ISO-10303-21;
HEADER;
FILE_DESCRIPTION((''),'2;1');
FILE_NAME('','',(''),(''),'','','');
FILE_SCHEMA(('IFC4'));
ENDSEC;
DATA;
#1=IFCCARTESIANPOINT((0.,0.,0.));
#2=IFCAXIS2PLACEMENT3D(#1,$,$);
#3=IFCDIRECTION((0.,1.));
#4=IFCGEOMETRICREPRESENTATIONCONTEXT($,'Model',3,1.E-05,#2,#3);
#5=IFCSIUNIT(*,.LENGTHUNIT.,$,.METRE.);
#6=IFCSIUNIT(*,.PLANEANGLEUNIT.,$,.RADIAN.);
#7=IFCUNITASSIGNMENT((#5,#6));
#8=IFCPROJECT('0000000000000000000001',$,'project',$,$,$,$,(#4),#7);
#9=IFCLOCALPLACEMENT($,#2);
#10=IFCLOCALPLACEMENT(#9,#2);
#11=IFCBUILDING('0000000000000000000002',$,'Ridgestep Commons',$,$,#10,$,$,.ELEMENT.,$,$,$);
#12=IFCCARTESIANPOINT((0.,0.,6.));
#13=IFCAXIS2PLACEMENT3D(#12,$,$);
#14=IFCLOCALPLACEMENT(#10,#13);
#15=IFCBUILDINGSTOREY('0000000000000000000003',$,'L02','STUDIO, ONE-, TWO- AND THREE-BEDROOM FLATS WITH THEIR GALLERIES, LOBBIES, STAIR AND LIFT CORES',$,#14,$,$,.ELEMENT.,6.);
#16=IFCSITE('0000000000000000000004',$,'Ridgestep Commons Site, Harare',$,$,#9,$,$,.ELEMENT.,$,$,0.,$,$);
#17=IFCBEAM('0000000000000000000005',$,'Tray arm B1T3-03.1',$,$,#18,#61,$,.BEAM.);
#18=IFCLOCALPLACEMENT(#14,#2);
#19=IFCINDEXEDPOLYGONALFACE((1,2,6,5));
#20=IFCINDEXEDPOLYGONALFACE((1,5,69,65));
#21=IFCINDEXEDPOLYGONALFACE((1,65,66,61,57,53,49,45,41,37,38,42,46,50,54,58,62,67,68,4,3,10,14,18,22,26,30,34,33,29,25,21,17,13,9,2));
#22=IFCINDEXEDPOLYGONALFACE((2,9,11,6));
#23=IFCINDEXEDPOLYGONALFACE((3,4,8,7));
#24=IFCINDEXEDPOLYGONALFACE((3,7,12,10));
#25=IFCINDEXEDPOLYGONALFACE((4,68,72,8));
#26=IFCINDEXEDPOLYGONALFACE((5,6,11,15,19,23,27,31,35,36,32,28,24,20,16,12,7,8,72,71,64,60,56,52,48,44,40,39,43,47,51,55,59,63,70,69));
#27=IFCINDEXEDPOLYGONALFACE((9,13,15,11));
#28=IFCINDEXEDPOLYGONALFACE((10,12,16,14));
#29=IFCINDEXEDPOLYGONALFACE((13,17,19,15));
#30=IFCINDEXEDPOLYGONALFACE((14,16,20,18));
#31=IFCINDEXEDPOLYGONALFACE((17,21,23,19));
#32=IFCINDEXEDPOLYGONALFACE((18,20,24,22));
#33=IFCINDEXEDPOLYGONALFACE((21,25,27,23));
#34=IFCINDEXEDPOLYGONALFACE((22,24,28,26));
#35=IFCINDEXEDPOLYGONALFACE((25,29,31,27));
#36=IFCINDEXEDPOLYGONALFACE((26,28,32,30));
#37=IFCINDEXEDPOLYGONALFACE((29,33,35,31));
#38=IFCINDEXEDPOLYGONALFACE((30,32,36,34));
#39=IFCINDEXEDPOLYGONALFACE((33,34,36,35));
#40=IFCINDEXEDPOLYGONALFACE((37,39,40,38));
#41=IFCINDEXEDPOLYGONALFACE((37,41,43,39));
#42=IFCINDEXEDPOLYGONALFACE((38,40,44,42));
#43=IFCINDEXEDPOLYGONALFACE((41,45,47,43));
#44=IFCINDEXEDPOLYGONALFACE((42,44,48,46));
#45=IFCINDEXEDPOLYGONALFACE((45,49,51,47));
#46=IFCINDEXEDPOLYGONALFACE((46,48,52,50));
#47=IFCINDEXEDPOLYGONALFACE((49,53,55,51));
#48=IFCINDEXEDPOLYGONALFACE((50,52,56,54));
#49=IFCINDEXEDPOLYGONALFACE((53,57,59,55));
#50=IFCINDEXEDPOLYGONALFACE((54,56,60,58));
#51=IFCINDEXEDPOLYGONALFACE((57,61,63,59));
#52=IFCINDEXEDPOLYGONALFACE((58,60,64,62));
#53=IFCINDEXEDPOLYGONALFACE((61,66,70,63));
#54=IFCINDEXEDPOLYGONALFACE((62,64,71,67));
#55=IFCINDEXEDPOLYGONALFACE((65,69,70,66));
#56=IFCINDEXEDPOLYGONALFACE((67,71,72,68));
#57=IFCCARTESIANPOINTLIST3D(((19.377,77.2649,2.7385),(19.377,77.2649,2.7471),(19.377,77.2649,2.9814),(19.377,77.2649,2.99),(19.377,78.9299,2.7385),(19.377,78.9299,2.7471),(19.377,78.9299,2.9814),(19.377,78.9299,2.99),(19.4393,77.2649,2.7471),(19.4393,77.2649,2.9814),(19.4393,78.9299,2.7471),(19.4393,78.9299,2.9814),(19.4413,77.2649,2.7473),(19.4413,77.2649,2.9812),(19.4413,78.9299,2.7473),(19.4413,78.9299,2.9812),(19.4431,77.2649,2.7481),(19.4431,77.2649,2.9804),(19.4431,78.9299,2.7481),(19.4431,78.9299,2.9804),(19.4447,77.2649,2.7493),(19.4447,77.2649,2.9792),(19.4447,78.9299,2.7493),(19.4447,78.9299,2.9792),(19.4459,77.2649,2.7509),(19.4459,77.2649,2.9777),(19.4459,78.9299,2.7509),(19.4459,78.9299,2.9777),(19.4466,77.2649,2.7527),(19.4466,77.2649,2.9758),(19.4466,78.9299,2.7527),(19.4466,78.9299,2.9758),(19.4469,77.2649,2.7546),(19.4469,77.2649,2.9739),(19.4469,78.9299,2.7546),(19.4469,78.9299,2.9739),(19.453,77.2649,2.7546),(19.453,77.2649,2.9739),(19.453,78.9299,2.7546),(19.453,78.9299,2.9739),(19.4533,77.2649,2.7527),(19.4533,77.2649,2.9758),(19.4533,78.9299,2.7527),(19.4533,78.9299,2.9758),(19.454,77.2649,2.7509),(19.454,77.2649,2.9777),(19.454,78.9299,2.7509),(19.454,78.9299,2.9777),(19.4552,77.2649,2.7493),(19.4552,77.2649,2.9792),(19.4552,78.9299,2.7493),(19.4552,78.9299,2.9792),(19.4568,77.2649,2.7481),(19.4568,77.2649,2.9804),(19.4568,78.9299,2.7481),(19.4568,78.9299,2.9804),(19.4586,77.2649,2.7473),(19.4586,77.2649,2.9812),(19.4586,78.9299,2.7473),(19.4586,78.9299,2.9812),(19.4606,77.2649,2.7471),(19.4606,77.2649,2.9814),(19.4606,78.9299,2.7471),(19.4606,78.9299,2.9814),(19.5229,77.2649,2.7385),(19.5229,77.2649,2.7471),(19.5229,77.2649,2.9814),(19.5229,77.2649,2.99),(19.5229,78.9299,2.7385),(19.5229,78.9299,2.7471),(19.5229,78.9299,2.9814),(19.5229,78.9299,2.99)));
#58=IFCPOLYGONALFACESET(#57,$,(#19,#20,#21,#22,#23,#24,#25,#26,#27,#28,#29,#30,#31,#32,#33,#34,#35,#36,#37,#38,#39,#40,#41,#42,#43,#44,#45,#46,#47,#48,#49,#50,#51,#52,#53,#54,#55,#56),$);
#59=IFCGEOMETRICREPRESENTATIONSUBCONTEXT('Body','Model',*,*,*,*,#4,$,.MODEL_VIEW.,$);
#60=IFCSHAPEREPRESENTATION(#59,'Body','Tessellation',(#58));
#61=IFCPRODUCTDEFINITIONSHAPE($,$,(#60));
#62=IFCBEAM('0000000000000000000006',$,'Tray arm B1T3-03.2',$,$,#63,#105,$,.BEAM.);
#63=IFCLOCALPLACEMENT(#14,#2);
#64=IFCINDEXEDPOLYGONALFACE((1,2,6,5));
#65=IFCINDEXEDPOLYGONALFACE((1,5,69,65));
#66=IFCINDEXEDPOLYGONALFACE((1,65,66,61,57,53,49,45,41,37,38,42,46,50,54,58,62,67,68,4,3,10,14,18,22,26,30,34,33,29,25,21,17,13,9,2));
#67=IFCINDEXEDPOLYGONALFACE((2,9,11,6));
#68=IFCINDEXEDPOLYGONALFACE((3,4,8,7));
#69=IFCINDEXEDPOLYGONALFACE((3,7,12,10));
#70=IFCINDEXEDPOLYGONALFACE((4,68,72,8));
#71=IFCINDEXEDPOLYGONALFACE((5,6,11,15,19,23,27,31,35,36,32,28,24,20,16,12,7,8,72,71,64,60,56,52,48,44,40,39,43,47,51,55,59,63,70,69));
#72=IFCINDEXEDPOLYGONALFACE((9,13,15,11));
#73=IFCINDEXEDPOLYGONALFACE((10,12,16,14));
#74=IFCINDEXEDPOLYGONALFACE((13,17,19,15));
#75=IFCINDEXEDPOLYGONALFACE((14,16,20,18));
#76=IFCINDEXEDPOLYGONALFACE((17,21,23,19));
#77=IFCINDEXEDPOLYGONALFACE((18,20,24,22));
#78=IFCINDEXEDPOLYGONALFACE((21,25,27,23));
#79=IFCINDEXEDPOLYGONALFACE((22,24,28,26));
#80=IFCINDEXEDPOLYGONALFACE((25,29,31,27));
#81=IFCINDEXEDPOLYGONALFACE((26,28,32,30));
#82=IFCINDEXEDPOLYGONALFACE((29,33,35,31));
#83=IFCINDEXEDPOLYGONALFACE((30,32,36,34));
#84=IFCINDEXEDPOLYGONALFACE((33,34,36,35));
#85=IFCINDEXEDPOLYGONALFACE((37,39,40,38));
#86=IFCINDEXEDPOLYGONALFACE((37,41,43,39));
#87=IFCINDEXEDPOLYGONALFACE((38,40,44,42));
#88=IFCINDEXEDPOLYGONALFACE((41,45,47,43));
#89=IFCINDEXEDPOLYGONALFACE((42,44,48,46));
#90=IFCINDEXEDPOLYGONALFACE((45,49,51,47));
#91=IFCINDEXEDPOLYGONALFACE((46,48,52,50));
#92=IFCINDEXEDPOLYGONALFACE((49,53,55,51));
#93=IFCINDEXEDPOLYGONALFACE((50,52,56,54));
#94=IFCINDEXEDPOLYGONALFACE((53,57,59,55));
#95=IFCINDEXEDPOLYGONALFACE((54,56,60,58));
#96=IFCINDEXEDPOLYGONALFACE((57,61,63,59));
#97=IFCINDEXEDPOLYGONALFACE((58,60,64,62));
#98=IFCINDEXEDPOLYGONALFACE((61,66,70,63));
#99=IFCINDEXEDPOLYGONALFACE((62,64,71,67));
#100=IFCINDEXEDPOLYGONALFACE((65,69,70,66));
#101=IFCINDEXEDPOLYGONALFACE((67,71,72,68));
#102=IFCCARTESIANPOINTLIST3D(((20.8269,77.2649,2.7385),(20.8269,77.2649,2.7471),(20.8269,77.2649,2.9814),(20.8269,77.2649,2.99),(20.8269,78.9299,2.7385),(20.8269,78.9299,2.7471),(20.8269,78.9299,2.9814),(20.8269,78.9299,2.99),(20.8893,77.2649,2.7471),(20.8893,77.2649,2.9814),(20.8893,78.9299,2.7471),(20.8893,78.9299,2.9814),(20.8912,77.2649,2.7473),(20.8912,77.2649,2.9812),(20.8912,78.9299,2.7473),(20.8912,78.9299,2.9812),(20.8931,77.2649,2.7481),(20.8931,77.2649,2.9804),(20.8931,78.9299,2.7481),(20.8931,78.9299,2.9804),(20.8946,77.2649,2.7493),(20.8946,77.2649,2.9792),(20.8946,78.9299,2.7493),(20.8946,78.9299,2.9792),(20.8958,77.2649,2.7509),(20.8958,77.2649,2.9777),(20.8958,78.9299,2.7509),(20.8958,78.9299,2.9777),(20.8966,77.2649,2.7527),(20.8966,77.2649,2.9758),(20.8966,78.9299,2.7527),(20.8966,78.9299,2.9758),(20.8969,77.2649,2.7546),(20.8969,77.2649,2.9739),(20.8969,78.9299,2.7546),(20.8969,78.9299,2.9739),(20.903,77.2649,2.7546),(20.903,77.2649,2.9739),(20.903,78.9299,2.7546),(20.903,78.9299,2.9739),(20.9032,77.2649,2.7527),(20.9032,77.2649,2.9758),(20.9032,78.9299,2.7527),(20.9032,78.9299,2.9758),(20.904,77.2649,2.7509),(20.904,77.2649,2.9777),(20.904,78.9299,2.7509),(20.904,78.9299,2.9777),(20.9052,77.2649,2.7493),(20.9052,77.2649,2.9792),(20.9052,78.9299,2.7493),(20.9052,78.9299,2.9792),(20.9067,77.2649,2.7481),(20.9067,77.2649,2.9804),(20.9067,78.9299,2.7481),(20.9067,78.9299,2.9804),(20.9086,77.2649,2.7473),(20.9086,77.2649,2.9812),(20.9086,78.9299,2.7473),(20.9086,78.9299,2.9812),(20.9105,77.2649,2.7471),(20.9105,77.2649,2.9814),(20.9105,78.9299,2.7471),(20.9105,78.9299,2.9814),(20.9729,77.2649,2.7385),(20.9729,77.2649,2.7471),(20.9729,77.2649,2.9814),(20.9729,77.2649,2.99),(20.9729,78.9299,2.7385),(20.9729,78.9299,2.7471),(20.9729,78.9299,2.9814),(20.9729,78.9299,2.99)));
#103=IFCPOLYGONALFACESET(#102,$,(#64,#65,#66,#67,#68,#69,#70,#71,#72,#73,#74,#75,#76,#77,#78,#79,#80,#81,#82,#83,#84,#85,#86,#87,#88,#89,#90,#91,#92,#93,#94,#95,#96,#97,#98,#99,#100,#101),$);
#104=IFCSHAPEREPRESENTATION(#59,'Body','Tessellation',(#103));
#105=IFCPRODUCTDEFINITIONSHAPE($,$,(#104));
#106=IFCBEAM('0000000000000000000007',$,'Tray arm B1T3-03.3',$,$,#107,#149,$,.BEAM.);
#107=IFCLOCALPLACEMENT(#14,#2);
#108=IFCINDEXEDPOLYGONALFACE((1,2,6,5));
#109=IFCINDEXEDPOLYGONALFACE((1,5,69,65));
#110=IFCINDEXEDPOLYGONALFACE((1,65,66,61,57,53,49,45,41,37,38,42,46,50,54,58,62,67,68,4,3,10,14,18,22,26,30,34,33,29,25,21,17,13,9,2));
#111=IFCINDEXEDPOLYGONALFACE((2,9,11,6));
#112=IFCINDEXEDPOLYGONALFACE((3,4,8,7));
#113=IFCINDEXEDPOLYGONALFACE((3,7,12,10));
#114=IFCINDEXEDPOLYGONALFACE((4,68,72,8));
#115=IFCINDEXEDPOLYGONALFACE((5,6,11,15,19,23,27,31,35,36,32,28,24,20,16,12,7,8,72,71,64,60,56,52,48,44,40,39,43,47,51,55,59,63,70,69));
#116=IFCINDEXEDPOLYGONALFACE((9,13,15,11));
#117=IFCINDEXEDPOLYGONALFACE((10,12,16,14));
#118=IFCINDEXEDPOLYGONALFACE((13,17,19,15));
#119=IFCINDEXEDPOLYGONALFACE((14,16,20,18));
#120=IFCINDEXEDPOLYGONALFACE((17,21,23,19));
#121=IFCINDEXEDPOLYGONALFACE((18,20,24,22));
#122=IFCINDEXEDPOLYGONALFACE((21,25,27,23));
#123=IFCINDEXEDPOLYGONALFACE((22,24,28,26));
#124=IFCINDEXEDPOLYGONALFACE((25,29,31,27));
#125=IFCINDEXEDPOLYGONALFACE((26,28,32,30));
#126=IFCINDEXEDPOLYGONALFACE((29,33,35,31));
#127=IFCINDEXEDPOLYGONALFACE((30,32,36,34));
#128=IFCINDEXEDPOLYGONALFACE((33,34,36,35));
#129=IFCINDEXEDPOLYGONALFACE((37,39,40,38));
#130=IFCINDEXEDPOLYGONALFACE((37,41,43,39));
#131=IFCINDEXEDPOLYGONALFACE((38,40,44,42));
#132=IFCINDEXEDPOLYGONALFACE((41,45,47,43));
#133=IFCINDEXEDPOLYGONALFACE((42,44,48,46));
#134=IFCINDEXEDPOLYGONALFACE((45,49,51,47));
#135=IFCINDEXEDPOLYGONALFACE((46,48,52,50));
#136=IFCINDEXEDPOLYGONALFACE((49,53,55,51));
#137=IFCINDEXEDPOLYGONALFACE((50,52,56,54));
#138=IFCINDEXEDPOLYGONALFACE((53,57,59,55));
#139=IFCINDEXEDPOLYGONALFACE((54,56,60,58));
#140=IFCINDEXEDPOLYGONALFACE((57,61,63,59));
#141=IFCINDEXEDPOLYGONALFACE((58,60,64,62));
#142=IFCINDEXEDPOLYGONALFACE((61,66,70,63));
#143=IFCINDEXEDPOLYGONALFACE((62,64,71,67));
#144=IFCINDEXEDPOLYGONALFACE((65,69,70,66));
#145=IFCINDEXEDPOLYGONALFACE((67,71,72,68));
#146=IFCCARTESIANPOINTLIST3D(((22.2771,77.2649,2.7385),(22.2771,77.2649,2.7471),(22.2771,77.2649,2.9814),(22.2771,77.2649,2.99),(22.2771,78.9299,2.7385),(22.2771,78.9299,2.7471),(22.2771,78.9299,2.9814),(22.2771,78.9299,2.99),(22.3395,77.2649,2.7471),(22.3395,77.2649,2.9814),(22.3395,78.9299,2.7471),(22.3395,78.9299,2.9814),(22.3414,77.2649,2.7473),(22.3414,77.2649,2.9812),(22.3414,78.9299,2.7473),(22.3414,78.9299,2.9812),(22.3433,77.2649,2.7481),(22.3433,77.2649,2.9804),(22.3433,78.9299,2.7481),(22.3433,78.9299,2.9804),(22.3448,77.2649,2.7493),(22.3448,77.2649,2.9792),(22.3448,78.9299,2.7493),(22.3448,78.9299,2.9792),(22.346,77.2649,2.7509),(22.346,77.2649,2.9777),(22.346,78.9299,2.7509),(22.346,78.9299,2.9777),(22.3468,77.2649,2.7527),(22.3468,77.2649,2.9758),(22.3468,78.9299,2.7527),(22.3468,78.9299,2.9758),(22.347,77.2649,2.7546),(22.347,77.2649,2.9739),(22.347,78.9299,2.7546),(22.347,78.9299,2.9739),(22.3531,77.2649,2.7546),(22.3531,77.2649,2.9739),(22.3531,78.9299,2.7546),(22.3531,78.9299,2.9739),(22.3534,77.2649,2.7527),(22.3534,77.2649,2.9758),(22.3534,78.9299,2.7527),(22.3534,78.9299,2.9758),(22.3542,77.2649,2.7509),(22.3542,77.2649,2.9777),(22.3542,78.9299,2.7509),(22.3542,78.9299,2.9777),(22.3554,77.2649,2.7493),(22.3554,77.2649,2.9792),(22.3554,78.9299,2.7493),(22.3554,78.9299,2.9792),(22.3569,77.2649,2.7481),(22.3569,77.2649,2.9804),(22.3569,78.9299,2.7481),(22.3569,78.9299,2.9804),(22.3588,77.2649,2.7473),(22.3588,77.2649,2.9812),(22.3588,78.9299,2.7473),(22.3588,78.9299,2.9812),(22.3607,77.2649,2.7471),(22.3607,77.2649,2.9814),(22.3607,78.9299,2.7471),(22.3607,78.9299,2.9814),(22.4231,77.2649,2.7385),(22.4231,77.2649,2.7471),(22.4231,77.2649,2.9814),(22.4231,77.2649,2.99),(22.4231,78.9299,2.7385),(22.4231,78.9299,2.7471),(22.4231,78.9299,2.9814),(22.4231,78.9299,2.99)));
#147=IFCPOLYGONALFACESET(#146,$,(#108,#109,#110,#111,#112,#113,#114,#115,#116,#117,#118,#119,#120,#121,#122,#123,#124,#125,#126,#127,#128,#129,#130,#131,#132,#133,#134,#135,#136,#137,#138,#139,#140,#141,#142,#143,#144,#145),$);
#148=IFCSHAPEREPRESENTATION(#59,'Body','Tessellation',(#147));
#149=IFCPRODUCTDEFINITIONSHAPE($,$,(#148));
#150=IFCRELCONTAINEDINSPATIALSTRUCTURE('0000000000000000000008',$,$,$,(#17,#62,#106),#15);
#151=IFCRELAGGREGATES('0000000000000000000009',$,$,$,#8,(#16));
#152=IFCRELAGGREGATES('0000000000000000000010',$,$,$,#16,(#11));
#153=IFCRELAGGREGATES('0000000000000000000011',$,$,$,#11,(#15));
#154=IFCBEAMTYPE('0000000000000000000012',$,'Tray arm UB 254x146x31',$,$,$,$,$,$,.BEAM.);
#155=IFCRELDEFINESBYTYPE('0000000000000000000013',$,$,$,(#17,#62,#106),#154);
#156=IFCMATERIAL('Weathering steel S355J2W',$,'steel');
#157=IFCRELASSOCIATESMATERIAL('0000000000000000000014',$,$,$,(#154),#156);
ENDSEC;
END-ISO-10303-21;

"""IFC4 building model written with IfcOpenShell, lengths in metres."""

from ifc_helpers import new_model, si_unit, direction, frame, origin, origin_2d, place, context, subcontext, project, spatial, i_section, extrude, material, material_profile, profile_set, type_object, element, save


model = new_model("IFC4")

# Units and contexts
model_context = context("Model", 3, precision=1e-05, world=origin(), true_north=direction((0.0, 1.0)))
body_context = subcontext(model_context, "Body", "Model", "MODEL_VIEW")
ifc_project = project(units=[si_unit("LENGTHUNIT", "METRE"), si_unit("PLANEANGLEUNIT", "RADIAN")], contexts=[model_context])

# Site, building, storey
site_placement = place(None, origin())
site = spatial("IfcSite", under=ifc_project, at=site_placement, Name="Ridgestep Commons Site, Harare", CompositionType="ELEMENT", RefElevation=0.0)
building_placement = place(site_placement, origin())
building = spatial("IfcBuilding", under=site, at=building_placement, Name="Ridgestep Commons", CompositionType="ELEMENT")
storey_placement = place(building_placement, frame((0.0, 0.0, 6.0)))
storey = spatial("IfcBuildingStorey", under=building, at=storey_placement, Name="L02", Description="STUDIO, ONE-, TWO- AND THREE-BEDROOM FLATS WITH THEIR GALLERIES, LOBBIES, STAIR AND LIFT CORES", CompositionType="ELEMENT", Elevation=6.0)

# Beams
ifc_material_1 = material(Name="Weathering steel S355J2W", Category="steel")
ifc_material_profile_1 = material_profile(ifc_material_1, i_section(OverallWidth=0.146, OverallDepth=0.2515, WebThickness=0.0061, FlangeThickness=0.0085, FilletRadius=0.0076, at=origin_2d()), Name="UB 254x146x31")
ifc_profile_set_1 = profile_set([ifc_material_profile_1], Name="Weathering steel S355J2W")
beam_type_1 = type_object("IfcBeamType", Name="Tray arm UB 254x146x31", PredefinedType="BEAM", material=ifc_profile_set_1)
for number, where, z_axis, x_axis, name in (
    (1, (19.45, 77.2649, 2.8643), (0.0, 1.0, 0.0), (-1.0, 0.0, 0.0), "Tray arm B1T3-03.1"),
    (2, (20.8999, 77.2649, 2.8643), (0.0, 1.0, 0.0), (-1.0, 0.0, 0.0), "Tray arm B1T3-03.2"),
    (3, (22.3501, 77.2649, 2.8643), (0.0, 1.0, 0.0), (-1.0, 0.0, 0.0), "Tray arm B1T3-03.3"),
):
    element("IfcBeam", number, at=place(storey_placement, frame(where, z_axis=z_axis, x_axis=x_axis)), inside=storey, type_object=beam_type_1, Name=name, PredefinedType="BEAM", context=body_context, shape_type="SweptSolid", body=[
        extrude(i_section(OverallWidth=0.146, OverallDepth=0.2515, WebThickness=0.0061, FlangeThickness=0.0085, FilletRadius=0.0076, at=origin_2d()), origin(), (0.0, 0.0, 1.0), 1.665),
    ])

save(model, "model.ifc")
